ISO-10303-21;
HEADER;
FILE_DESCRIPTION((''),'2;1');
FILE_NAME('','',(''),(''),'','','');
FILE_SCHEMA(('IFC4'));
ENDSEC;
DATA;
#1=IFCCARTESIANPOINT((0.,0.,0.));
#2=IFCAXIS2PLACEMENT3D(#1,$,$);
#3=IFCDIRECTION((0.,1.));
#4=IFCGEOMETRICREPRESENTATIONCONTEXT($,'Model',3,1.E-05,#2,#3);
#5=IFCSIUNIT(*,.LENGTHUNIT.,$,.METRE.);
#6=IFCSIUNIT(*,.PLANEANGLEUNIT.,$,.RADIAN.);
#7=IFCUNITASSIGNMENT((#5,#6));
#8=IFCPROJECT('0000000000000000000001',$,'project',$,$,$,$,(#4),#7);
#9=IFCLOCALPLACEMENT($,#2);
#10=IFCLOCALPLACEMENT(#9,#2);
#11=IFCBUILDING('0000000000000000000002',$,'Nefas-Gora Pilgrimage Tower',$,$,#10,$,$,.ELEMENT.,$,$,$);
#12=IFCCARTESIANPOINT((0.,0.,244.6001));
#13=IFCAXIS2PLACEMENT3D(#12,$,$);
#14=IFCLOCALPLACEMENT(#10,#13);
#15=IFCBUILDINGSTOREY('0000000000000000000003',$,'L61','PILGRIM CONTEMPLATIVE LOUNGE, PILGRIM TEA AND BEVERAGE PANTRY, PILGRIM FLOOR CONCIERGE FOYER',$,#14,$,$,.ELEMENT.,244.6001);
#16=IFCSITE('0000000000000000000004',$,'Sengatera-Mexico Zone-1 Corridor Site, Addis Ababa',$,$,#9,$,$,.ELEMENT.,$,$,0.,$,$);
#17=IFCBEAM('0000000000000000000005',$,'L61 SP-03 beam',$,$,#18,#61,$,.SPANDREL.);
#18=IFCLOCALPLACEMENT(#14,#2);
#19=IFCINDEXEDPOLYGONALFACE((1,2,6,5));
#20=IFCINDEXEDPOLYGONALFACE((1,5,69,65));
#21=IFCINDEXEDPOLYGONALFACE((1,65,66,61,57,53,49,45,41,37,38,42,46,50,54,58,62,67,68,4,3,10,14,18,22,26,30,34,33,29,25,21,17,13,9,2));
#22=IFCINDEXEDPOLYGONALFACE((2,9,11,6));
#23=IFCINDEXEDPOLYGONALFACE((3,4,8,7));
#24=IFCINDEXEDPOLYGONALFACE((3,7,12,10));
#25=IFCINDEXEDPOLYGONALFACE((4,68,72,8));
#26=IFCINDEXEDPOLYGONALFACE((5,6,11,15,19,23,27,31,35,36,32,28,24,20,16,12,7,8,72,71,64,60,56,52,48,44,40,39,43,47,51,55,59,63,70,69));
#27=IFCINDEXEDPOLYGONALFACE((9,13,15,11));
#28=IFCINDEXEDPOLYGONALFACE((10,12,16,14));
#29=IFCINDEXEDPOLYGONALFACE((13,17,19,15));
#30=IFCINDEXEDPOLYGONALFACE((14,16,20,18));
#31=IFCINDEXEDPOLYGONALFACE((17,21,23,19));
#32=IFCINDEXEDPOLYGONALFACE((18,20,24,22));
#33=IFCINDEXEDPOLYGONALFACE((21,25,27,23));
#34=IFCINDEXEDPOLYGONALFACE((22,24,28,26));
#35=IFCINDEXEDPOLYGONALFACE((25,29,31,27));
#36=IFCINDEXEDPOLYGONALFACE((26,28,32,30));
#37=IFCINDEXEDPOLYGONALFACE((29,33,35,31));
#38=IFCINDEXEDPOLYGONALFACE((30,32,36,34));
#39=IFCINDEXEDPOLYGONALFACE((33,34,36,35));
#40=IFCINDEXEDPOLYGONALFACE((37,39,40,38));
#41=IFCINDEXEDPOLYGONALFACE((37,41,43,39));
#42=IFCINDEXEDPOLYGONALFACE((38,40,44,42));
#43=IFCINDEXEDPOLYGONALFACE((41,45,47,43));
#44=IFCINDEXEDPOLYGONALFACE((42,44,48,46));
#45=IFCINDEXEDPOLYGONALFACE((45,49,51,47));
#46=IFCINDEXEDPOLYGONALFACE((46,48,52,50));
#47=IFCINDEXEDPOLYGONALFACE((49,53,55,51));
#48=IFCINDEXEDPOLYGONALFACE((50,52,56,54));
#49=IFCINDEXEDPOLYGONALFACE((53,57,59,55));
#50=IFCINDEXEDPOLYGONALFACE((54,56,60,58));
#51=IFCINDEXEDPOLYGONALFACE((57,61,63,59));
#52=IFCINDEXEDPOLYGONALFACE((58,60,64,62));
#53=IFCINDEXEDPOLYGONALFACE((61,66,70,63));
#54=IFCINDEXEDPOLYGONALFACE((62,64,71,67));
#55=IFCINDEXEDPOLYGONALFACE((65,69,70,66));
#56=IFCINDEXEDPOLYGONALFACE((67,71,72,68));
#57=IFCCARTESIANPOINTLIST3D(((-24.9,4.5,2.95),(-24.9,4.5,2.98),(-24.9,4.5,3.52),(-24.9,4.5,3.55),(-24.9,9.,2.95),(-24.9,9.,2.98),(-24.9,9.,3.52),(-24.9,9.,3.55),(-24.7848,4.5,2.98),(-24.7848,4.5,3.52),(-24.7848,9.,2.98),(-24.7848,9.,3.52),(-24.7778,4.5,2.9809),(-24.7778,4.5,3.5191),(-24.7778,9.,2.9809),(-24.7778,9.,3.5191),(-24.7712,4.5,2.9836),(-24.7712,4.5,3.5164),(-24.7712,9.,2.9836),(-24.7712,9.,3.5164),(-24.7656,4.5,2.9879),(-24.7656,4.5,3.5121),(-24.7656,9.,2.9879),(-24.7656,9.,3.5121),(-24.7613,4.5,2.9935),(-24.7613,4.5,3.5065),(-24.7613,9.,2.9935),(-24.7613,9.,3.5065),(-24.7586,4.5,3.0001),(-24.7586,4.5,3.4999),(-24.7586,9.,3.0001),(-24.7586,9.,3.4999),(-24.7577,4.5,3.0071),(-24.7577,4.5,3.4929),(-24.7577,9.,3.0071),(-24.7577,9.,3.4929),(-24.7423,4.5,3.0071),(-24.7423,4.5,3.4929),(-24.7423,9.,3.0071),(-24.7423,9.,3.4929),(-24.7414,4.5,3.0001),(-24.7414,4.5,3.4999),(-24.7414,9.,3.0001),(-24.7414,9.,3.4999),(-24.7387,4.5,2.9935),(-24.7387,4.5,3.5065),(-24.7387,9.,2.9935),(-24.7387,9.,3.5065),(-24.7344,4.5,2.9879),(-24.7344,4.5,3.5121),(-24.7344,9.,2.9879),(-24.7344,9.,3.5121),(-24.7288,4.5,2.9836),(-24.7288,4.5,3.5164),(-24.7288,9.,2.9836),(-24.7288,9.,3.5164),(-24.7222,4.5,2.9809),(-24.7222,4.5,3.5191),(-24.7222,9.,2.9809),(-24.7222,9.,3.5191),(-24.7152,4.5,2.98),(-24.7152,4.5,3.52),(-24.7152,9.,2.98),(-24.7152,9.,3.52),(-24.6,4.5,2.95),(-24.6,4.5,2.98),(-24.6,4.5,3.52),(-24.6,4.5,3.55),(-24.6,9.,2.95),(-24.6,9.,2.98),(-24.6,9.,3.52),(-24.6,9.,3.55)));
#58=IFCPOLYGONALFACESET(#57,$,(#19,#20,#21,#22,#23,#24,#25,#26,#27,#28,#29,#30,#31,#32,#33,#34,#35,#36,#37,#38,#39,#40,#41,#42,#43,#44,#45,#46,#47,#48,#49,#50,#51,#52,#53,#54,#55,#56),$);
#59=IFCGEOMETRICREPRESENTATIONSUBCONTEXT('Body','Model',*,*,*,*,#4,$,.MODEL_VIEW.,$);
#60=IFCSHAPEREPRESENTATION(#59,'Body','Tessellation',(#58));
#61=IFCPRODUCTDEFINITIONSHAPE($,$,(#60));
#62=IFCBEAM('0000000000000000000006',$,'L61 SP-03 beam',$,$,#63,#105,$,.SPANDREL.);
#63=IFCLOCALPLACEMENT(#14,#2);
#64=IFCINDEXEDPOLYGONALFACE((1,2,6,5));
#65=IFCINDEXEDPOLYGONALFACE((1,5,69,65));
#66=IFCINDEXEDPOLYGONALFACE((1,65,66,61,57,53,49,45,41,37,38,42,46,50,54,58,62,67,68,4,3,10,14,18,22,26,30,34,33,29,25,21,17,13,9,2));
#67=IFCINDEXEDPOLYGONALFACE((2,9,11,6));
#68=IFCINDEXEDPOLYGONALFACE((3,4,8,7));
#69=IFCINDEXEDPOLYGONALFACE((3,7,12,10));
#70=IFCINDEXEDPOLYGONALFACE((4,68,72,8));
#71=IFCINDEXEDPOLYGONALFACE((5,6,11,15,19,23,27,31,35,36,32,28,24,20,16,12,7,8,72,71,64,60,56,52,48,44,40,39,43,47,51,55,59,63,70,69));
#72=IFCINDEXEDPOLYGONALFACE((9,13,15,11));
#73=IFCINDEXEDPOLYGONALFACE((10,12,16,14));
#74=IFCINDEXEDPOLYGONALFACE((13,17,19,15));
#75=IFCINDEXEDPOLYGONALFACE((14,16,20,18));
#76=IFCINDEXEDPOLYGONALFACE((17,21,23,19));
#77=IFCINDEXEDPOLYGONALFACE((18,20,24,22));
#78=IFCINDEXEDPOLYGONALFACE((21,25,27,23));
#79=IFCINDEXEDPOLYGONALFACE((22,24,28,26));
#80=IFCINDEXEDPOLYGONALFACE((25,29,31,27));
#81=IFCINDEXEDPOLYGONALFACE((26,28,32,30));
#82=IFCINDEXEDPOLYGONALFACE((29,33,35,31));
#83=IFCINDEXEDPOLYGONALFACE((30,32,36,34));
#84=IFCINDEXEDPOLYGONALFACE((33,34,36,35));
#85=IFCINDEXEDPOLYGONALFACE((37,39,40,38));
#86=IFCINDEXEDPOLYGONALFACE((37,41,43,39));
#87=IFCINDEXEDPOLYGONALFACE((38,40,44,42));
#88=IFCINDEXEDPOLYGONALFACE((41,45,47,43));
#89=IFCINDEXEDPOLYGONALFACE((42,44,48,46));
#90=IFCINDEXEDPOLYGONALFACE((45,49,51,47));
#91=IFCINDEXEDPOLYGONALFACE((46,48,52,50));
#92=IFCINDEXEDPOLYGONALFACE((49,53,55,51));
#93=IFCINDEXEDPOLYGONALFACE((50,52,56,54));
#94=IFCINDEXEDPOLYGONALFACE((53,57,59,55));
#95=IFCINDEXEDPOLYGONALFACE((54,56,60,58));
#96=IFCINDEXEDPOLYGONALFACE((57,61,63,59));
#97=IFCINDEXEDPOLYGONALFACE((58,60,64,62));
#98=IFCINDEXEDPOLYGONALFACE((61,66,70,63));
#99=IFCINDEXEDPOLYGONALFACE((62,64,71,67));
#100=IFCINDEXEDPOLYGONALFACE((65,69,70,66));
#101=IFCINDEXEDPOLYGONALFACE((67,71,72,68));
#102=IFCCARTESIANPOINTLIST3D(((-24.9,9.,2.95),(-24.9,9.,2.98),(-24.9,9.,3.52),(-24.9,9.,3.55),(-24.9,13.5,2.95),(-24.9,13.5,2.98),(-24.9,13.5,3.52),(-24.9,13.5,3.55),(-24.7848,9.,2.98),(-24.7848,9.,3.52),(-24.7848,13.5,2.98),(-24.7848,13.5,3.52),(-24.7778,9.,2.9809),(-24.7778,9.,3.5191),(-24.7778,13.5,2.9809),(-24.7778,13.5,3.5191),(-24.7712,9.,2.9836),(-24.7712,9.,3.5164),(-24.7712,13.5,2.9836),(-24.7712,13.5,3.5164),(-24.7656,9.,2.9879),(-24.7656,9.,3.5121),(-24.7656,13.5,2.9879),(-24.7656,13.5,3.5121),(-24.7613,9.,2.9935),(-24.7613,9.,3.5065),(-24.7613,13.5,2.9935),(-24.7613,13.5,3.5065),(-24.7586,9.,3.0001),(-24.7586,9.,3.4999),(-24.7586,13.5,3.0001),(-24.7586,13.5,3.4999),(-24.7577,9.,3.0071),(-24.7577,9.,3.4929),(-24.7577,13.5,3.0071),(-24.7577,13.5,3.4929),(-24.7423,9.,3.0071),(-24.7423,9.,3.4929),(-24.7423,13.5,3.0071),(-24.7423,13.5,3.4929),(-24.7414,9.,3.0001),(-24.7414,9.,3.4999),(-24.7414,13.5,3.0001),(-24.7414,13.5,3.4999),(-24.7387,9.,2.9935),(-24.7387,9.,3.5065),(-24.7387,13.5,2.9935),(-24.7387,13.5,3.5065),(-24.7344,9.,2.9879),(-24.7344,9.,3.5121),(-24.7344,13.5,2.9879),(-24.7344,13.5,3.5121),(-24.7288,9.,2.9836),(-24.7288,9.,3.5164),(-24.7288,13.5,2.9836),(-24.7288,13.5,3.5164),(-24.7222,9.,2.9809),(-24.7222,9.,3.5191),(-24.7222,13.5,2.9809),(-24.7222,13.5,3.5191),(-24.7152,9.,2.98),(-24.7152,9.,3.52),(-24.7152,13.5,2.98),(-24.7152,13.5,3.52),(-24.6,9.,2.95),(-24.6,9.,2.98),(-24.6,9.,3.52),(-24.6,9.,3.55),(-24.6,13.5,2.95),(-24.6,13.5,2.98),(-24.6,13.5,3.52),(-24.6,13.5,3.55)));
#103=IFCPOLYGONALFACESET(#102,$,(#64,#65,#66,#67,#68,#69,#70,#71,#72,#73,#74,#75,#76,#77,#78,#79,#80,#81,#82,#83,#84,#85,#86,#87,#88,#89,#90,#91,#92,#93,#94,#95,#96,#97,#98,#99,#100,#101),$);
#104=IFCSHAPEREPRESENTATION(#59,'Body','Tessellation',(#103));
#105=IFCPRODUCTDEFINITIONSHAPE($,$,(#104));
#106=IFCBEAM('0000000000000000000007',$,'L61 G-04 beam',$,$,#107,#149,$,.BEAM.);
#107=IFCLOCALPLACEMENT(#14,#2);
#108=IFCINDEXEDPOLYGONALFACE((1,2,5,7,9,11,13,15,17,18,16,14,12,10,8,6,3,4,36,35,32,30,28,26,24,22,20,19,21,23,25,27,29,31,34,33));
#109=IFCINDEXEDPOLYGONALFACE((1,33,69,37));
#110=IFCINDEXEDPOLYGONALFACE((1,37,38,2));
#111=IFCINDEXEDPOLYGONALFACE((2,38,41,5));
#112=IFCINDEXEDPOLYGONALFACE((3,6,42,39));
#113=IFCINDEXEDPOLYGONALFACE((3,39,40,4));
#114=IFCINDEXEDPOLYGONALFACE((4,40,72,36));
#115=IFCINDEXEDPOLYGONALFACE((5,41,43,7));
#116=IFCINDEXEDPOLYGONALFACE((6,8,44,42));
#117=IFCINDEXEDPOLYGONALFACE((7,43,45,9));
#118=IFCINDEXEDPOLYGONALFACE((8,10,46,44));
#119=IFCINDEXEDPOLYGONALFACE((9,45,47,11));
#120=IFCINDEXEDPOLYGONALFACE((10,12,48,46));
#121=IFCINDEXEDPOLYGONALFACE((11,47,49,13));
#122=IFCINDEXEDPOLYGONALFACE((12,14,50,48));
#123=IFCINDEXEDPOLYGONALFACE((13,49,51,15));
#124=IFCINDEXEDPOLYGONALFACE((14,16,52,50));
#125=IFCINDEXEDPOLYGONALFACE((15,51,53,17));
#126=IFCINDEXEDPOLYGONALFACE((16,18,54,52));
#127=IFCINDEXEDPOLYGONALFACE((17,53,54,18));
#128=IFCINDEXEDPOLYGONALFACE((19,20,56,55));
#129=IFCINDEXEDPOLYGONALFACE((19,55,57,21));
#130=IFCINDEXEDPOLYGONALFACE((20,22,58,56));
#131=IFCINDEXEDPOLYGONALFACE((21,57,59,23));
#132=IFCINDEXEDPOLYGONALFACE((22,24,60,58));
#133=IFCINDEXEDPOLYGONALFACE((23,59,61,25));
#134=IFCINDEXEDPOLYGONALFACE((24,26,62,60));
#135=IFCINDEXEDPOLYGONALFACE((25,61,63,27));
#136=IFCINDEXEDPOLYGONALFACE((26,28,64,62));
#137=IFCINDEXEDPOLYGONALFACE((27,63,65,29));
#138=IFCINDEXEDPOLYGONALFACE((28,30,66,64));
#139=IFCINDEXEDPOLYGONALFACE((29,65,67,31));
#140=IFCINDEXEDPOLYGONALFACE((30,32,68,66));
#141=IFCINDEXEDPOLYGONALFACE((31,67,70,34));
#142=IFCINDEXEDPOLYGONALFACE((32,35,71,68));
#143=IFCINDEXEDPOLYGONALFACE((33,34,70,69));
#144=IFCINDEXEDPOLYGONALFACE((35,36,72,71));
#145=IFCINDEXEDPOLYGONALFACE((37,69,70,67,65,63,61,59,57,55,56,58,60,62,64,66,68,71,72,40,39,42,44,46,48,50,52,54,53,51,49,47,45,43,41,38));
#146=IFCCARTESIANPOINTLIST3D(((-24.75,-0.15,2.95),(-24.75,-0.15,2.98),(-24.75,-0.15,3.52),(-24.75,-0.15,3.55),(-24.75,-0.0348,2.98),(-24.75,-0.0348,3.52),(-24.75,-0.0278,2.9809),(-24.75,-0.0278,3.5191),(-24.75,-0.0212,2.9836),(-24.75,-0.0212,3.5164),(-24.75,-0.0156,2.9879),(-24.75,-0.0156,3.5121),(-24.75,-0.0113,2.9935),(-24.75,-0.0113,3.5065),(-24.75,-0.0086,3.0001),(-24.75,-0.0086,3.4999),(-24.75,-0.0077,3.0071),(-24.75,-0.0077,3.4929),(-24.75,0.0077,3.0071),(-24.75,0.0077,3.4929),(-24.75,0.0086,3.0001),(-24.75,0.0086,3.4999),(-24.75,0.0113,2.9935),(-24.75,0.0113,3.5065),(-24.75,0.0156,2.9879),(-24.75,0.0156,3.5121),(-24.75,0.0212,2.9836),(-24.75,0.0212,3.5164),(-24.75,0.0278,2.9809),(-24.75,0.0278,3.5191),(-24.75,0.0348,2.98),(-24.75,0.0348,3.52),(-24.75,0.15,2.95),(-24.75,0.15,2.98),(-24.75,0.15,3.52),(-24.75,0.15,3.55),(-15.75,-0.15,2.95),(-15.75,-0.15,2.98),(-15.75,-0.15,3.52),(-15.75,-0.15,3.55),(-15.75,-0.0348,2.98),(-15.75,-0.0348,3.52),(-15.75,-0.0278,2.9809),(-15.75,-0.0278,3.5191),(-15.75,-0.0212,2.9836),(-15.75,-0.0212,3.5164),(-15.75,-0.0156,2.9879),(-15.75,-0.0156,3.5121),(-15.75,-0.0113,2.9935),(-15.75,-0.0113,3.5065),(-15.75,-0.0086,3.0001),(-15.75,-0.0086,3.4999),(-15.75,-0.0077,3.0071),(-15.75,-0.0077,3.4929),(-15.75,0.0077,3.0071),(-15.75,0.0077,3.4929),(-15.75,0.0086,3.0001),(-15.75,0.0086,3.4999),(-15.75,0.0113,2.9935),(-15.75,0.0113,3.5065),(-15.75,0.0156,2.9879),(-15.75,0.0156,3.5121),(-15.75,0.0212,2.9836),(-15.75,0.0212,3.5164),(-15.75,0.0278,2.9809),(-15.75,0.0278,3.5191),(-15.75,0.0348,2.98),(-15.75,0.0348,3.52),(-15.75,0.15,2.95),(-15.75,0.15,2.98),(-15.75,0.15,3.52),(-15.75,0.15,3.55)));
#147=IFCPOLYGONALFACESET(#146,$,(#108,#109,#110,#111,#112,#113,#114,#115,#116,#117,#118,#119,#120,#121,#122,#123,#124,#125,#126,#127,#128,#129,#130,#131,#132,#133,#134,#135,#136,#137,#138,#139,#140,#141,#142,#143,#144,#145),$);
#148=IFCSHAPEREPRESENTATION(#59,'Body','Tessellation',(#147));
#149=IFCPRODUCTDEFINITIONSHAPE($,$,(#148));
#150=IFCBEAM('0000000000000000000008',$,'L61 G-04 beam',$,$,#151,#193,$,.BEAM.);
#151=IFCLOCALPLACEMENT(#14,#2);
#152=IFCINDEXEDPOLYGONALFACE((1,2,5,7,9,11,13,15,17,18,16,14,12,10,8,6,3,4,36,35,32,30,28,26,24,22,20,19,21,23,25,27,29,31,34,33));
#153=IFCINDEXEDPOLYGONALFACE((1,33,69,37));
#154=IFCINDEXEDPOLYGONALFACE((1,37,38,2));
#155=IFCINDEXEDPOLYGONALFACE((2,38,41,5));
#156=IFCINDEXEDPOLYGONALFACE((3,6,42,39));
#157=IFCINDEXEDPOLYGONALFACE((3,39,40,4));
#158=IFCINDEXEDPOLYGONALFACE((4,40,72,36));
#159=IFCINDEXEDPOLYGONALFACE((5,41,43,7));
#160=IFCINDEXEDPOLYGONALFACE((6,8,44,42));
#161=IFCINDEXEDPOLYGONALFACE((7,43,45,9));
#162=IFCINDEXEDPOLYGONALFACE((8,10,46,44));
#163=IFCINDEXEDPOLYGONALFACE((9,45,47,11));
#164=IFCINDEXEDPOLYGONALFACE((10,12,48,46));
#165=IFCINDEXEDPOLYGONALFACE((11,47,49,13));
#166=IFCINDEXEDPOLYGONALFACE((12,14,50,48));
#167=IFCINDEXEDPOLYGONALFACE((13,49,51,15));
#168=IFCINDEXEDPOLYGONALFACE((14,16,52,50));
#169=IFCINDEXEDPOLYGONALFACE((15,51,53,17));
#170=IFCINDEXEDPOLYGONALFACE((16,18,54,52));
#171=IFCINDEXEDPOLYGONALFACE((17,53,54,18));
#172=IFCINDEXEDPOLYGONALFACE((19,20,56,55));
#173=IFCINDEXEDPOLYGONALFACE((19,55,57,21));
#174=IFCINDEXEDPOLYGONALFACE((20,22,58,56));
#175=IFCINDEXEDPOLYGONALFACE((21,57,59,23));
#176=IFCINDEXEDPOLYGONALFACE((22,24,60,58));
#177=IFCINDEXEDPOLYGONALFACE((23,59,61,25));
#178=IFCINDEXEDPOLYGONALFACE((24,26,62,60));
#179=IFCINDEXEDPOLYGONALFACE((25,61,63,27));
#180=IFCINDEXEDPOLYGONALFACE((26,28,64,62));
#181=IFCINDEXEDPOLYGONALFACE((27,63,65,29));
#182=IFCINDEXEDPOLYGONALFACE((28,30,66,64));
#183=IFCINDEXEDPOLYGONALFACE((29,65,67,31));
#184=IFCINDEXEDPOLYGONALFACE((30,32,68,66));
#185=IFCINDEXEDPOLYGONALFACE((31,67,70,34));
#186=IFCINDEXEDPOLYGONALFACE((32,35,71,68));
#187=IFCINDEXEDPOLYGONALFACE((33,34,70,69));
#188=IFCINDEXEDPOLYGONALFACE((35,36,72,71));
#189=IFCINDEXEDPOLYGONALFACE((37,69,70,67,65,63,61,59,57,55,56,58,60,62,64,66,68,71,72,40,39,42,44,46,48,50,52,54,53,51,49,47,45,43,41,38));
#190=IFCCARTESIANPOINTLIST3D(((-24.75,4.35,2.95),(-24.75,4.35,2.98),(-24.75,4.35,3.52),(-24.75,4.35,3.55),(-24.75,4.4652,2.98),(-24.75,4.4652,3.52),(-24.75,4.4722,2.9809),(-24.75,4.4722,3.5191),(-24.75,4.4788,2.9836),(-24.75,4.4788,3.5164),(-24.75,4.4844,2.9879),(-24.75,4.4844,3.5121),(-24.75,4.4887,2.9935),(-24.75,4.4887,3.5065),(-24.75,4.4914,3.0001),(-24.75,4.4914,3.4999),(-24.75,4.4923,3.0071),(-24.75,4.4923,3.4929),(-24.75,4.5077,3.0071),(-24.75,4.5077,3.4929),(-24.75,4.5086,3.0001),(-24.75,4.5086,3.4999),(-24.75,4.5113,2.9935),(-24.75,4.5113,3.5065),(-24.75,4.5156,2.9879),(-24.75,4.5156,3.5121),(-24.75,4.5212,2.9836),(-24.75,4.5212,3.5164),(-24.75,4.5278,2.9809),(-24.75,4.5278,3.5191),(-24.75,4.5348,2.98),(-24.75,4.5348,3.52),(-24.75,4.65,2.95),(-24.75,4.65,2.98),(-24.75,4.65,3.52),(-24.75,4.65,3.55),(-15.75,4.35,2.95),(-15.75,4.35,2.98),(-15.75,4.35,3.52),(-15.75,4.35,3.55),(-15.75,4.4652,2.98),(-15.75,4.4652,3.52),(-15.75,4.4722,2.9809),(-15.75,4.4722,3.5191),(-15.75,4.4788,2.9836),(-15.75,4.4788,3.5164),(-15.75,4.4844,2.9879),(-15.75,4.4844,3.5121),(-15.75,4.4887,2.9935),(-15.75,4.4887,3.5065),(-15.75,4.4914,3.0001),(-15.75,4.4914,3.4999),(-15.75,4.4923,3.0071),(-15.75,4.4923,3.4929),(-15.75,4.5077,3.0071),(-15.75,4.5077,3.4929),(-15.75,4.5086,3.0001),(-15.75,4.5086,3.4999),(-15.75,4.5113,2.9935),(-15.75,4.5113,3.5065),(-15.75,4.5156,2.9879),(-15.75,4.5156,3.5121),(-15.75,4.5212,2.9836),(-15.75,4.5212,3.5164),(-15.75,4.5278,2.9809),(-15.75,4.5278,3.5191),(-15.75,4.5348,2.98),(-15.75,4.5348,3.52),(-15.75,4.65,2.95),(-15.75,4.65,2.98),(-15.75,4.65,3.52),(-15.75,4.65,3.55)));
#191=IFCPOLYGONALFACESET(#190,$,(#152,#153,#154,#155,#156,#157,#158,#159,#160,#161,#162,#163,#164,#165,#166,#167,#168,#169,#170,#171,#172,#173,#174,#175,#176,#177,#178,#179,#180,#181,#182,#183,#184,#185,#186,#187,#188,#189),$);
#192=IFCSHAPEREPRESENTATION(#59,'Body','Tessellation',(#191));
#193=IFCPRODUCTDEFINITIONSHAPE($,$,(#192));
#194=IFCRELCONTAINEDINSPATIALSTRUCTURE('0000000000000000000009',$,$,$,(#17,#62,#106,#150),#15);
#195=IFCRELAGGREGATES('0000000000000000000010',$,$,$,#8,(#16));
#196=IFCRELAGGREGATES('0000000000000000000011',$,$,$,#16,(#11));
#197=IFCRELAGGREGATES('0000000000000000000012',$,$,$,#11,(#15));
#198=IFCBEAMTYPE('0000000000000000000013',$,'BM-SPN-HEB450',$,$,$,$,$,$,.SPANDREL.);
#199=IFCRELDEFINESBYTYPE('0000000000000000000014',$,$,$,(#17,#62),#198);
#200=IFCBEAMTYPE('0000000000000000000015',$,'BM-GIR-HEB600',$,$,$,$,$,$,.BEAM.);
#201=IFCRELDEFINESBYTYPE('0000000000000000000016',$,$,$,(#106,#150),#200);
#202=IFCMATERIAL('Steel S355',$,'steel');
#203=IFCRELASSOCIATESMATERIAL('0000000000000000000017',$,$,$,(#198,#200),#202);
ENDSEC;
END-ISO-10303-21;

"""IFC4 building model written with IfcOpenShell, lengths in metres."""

from ifc_helpers import new_model, si_unit, direction, frame, origin, origin_2d, place, context, subcontext, project, spatial, i_section, extrude, source, transform, mapped, material, material_profile, profile_set, type_object, element, save


model = new_model("IFC4")

# Units and contexts
model_context = context("Model", 3, precision=1e-05, world=origin(), true_north=direction((0.0, 1.0)))
body_context = subcontext(model_context, "Body", "Model", "MODEL_VIEW")
ifc_project = project(units=[si_unit("LENGTHUNIT", "METRE"), si_unit("PLANEANGLEUNIT", "RADIAN")], contexts=[model_context])

# Site, building, storey
site_placement = place(None, origin())
site = spatial("IfcSite", under=ifc_project, at=site_placement, Name="Sengatera-Mexico Zone-1 Corridor Site, Addis Ababa", CompositionType="ELEMENT", RefElevation=0.0)
building_placement = place(site_placement, origin())
building = spatial("IfcBuilding", under=site, at=building_placement, Name="Nefas-Gora Pilgrimage Tower", CompositionType="ELEMENT")
storey_placement = place(building_placement, frame((0.0, 0.0, 244.6001)))
storey = spatial("IfcBuildingStorey", under=building, at=storey_placement, Name="L61", Description="PILGRIM CONTEMPLATIVE LOUNGE, PILGRIM TEA AND BEVERAGE PANTRY, PILGRIM FLOOR CONCIERGE FOYER", CompositionType="ELEMENT", Elevation=244.6001)

# Beams
ifc_material_1 = material(Name="Steel S355", Category="steel")
ifc_material_profile_1 = material_profile(ifc_material_1, i_section(OverallWidth=0.3, OverallDepth=0.6001, WebThickness=0.0154, FlangeThickness=0.03, FilletRadius=0.0271, at=origin_2d()), Name="HEB 600")
ifc_profile_set_1 = profile_set([ifc_material_profile_1], Name="Steel S355")
beam_type_1 = type_object("IfcBeamType", Name="BM-SPN-HEB450", PredefinedType="SPANDREL", material=ifc_profile_set_1)
shared_shape_1 = source(origin(), body_context, "Body", "SweptSolid", [
    extrude(i_section(OverallWidth=0.3, OverallDepth=0.6001, WebThickness=0.0154, FlangeThickness=0.03, FilletRadius=0.0271, at=origin_2d()), origin(), (0.0, 0.0, 1.0), 4.5),
])
for number, where, z_axis, x_axis, name in (
    (1, (-24.75, 4.5, 3.25), (0.0, 1.0, 0.0), (-1.0, 0.0, 0.0), "L61 SP-03 beam"),
    (2, (-24.75, 9.0, 3.25), (0.0, 1.0, 0.0), (-1.0, 0.0, 0.0), "L61 SP-03 beam"),
):
    element("IfcBeam", number, at=place(storey_placement, frame(where, z_axis=z_axis, x_axis=x_axis)), inside=storey, type_object=beam_type_1, Name=name, PredefinedType="SPANDREL", context=body_context, shape_type="MappedRepresentation", body=[
        mapped(shared_shape_1, transform((0.0, 0.0, 0.0), x_axis=(1.0, 0.0, 0.0), y_axis=(0.0, 1.0, 0.0), z_axis=(0.0, 0.0, 1.0), scale=1.0)),
    ])
ifc_material_profile_2 = material_profile(ifc_material_1, i_section(OverallWidth=0.3, OverallDepth=0.6001, WebThickness=0.0154, FlangeThickness=0.03, FilletRadius=0.0271, at=origin_2d()), Name="HEB 600")
ifc_profile_set_2 = profile_set([ifc_material_profile_2], Name="Steel S355")
beam_type_2 = type_object("IfcBeamType", Name="BM-GIR-HEB600", PredefinedType="BEAM", material=ifc_profile_set_2)
shared_shape_2 = source(origin(), body_context, "Body", "SweptSolid", [
    extrude(i_section(OverallWidth=0.3, OverallDepth=0.6001, WebThickness=0.0154, FlangeThickness=0.03, FilletRadius=0.0271, at=origin_2d()), origin(), (0.0, 0.0, 1.0), 9.0),
])
for number, where, z_axis, x_axis, name in (
    (3, (-24.75, 0.0, 3.25), (1.0, 0.0, 0.0), (0.0, 1.0, 0.0), "L61 G-04 beam"),
    (4, (-24.75, 4.5, 3.25), (1.0, 0.0, 0.0), (0.0, 1.0, 0.0), "L61 G-04 beam"),
):
    element("IfcBeam", number, at=place(storey_placement, frame(where, z_axis=z_axis, x_axis=x_axis)), inside=storey, type_object=beam_type_2, Name=name, PredefinedType="BEAM", context=body_context, shape_type="MappedRepresentation", body=[
        mapped(shared_shape_2, transform((0.0, 0.0, 0.0), x_axis=(1.0, 0.0, 0.0), y_axis=(0.0, 1.0, 0.0), z_axis=(0.0, 0.0, 1.0), scale=1.0)),
    ])

save(model, "model.ifc")
